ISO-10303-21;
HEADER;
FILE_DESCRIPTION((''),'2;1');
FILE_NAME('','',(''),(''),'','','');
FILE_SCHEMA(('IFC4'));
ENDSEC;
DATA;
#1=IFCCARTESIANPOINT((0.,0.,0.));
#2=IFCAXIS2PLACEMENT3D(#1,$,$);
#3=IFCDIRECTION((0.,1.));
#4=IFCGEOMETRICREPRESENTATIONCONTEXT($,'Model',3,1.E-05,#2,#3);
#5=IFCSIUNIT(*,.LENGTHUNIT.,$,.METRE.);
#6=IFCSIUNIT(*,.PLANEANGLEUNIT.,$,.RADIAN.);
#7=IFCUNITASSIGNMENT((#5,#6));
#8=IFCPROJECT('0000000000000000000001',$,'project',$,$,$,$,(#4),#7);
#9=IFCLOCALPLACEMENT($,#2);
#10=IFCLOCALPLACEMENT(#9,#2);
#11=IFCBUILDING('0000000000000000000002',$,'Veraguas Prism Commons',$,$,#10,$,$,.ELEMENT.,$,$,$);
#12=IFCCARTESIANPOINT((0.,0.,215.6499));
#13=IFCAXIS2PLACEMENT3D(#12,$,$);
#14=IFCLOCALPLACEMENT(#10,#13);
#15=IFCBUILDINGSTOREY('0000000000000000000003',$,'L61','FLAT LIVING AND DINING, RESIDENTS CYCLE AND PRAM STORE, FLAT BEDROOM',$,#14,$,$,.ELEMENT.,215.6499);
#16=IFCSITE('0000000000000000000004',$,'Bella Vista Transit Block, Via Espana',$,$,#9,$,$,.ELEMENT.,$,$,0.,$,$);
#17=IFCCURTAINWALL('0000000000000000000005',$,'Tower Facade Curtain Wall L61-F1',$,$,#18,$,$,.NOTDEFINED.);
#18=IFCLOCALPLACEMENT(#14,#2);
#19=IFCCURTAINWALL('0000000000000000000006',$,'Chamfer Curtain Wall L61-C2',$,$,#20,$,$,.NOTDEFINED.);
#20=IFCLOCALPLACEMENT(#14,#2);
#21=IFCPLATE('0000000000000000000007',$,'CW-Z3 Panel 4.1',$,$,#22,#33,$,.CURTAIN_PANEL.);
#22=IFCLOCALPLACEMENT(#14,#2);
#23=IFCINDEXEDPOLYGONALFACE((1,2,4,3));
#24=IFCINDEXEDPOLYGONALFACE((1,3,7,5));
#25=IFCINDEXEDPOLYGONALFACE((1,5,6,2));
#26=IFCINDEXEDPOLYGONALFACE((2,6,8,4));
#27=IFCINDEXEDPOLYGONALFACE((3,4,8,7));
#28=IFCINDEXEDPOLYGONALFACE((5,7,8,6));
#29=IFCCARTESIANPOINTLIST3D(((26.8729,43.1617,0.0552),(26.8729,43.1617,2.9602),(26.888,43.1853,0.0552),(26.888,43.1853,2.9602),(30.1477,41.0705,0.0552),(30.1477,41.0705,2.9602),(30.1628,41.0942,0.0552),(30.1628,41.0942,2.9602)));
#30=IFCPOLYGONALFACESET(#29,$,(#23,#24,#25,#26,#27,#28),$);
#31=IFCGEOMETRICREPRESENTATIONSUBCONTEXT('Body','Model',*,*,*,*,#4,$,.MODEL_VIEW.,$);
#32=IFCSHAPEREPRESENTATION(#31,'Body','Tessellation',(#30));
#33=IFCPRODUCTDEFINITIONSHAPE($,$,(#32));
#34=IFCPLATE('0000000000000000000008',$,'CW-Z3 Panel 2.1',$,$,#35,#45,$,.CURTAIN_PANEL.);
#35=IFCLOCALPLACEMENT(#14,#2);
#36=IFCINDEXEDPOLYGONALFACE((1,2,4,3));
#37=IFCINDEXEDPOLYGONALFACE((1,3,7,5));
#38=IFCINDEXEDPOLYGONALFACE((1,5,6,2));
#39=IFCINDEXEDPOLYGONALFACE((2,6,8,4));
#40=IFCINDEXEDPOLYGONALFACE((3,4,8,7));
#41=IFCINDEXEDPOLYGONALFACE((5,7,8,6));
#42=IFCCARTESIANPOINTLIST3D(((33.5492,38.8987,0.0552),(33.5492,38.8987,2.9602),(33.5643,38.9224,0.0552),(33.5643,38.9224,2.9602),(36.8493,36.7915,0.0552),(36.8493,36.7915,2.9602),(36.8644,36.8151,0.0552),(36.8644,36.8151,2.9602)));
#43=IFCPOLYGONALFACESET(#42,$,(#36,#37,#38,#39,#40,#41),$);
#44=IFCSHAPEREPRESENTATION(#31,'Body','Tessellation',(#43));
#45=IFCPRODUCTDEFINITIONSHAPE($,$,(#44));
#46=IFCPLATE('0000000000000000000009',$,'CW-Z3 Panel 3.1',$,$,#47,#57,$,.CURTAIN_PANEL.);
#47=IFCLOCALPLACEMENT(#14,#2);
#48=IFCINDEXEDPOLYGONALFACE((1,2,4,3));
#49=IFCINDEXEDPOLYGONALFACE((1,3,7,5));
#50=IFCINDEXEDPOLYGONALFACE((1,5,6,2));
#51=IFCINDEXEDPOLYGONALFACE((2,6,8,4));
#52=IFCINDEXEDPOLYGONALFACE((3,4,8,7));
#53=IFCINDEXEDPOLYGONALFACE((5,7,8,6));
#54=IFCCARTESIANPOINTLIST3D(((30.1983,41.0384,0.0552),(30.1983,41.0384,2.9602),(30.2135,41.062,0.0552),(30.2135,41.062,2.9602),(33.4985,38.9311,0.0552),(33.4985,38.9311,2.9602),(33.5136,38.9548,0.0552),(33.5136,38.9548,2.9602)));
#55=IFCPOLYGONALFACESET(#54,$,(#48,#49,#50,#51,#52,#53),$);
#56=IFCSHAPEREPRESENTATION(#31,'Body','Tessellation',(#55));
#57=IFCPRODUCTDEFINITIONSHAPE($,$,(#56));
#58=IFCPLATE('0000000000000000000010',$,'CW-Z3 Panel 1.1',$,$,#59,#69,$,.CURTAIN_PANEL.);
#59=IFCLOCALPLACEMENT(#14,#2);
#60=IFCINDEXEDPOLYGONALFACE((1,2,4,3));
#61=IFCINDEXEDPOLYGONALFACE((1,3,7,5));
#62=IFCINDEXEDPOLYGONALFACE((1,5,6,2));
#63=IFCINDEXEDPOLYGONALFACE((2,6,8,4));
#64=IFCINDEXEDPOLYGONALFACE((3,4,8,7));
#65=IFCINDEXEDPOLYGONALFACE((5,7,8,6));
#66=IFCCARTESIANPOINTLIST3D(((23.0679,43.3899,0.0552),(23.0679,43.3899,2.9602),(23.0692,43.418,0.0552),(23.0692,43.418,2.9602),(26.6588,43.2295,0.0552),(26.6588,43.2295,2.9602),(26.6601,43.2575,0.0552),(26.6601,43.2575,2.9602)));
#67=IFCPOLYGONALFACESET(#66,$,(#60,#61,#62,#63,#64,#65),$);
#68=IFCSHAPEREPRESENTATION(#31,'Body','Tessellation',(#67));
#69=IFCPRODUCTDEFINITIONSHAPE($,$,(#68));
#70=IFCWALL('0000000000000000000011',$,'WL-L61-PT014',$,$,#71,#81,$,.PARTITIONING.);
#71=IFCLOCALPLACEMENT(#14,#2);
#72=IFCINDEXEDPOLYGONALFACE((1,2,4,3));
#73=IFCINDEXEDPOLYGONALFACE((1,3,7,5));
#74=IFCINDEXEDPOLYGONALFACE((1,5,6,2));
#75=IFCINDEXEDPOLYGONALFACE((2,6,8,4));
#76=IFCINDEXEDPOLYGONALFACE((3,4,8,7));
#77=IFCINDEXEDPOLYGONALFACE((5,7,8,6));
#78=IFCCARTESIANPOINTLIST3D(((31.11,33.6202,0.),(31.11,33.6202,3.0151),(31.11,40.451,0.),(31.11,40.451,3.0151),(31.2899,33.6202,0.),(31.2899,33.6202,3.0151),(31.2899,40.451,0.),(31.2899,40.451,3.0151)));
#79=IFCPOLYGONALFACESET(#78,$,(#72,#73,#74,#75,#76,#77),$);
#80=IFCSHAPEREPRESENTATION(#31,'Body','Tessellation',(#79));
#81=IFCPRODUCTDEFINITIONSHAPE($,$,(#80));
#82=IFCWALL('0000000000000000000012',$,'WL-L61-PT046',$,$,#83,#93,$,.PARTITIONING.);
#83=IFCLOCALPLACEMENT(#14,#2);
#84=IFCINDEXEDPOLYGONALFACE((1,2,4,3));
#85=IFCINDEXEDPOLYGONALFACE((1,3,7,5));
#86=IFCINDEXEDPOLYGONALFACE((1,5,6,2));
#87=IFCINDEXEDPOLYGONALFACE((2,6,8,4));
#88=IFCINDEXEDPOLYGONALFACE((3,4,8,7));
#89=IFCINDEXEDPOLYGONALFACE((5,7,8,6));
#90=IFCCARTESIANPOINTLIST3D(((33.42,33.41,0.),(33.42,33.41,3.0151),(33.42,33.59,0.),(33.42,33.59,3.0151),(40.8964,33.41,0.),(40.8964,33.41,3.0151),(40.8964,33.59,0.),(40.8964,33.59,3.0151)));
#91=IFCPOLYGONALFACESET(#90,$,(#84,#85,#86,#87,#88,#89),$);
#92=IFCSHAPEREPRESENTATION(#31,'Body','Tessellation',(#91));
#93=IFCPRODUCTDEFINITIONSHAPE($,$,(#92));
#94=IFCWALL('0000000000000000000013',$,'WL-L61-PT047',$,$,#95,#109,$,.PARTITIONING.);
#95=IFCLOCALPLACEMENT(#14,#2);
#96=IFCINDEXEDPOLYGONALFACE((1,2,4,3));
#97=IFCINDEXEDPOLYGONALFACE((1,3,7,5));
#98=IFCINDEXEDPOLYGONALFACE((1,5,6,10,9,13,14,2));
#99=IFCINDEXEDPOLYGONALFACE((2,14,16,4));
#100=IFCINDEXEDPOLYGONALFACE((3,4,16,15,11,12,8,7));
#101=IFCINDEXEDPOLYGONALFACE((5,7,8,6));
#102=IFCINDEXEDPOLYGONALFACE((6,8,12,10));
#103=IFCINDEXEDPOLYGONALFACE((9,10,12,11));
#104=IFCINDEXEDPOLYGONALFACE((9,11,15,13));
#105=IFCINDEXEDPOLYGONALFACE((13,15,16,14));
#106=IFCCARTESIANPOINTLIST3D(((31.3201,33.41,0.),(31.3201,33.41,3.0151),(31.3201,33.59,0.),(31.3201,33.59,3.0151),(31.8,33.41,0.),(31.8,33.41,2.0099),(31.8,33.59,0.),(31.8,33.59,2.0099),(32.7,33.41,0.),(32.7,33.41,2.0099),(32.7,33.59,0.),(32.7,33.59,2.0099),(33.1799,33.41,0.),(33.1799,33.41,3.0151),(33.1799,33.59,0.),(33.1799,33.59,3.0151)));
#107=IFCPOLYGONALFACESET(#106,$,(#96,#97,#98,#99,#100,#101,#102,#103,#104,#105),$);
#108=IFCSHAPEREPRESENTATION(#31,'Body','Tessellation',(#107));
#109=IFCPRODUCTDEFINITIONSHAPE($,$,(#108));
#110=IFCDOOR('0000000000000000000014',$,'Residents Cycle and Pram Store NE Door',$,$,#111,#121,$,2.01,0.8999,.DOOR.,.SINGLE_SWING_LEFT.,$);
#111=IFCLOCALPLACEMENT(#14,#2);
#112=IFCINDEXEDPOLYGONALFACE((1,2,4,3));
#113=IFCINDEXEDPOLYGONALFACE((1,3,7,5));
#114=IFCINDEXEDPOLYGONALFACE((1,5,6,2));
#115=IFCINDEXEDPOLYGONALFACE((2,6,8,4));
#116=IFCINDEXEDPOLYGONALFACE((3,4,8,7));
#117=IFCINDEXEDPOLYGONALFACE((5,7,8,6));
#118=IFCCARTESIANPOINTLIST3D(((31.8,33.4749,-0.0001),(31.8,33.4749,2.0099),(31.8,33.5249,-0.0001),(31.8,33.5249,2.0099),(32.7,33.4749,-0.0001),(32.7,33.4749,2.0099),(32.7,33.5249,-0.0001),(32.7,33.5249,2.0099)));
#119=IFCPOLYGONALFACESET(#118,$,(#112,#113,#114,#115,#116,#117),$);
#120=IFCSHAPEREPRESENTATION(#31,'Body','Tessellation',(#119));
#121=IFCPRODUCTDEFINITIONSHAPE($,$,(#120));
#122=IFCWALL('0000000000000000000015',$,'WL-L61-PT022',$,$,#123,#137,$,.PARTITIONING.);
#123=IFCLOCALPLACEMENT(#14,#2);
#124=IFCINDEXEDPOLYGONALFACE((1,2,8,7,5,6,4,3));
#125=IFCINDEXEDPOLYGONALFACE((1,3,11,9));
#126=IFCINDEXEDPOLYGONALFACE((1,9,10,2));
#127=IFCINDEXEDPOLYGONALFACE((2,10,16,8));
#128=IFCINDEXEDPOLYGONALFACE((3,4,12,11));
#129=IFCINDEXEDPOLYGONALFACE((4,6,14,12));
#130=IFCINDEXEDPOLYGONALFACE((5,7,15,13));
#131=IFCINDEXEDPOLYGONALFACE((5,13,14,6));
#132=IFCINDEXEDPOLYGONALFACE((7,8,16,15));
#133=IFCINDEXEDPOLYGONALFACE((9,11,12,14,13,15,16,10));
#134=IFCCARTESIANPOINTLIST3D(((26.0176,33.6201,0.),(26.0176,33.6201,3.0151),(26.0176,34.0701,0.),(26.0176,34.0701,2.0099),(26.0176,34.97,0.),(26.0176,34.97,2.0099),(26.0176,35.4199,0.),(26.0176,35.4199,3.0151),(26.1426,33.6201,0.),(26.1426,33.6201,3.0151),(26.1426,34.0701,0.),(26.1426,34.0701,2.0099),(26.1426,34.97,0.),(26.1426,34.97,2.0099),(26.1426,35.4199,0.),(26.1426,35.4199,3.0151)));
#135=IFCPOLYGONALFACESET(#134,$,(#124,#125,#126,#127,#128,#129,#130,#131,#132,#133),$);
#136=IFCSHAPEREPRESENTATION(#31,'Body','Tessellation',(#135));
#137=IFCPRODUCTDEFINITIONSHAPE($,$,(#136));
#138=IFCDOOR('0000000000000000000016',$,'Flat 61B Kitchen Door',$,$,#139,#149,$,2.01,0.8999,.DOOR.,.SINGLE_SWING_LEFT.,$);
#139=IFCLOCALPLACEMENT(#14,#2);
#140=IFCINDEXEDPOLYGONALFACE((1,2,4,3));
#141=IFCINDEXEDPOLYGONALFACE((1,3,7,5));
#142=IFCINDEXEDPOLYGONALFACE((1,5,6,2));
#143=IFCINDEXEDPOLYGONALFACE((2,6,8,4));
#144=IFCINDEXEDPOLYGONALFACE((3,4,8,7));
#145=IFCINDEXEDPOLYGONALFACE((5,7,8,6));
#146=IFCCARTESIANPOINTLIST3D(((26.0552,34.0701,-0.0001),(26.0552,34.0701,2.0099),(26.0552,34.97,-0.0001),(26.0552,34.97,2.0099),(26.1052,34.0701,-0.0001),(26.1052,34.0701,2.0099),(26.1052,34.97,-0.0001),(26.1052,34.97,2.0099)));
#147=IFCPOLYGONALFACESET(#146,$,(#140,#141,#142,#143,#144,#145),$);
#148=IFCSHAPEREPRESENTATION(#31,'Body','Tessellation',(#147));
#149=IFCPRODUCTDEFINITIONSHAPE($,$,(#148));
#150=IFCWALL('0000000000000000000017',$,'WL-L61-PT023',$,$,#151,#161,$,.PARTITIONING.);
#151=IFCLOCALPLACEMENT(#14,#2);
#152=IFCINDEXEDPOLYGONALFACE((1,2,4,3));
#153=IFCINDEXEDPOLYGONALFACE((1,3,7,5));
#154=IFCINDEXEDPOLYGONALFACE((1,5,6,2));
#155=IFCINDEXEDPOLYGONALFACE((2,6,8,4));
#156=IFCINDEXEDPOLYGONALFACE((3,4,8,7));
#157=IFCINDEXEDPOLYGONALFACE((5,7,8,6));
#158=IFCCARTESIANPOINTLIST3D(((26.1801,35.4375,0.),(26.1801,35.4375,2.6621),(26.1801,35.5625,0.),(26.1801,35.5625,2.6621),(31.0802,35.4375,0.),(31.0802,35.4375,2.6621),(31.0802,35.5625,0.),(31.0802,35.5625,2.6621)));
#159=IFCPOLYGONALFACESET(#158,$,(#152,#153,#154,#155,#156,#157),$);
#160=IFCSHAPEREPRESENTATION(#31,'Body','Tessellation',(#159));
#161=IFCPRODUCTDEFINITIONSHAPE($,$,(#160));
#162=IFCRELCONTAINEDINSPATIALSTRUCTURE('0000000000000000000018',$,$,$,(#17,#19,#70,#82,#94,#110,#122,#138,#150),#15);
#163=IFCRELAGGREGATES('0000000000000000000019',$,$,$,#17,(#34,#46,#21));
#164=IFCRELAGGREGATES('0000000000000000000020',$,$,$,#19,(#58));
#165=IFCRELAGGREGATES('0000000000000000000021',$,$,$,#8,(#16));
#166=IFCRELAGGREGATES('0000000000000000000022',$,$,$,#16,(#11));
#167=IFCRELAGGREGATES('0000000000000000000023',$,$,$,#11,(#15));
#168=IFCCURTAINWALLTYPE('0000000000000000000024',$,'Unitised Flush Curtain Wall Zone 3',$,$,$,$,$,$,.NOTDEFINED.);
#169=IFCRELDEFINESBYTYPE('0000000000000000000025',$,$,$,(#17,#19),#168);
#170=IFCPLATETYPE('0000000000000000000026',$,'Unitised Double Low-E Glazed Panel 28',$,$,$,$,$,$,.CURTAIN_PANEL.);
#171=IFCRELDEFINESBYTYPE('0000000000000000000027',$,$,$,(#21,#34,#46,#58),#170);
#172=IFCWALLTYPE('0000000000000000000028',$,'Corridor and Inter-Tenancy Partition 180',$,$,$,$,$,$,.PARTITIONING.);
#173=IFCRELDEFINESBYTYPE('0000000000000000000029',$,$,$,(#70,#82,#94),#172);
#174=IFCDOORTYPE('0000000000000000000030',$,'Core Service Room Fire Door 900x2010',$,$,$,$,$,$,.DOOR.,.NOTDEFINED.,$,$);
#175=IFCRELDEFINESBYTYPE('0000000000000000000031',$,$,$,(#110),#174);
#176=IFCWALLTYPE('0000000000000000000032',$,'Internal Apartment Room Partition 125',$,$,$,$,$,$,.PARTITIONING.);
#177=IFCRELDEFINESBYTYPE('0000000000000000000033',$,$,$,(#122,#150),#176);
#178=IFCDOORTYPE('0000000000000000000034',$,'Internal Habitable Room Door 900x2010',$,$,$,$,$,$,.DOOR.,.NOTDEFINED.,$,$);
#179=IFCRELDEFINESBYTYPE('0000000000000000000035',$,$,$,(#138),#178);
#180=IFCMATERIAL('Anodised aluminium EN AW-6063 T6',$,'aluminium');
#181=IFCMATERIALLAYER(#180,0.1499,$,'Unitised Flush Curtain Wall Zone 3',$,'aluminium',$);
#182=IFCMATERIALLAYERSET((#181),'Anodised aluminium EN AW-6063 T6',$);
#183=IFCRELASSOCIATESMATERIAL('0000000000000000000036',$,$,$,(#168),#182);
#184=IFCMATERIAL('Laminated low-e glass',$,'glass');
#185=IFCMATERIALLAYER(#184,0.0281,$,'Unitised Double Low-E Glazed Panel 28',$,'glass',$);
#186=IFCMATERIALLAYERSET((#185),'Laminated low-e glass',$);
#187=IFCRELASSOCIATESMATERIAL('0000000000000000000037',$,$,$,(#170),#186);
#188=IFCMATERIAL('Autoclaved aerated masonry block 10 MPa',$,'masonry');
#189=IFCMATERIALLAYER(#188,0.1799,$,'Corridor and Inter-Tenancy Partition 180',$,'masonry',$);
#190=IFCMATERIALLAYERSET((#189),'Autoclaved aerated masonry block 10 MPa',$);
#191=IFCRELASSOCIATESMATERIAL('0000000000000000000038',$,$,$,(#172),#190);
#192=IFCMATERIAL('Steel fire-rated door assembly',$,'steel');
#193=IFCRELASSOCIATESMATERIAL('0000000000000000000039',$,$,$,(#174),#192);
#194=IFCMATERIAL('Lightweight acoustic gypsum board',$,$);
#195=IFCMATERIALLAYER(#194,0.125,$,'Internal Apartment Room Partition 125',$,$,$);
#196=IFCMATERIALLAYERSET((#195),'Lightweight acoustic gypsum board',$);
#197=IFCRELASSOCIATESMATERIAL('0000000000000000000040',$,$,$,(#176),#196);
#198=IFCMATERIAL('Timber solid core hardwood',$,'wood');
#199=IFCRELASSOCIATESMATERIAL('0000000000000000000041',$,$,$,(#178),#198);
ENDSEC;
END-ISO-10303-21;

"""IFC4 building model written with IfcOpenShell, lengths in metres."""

from ifc_helpers import new_model, si_unit, direction, frame, frame_2d, origin, origin_2d, place, context, subcontext, project, spatial, rectangle, extrude, source, transform, mapped, material, layer, layer_set, type_object, element, fill, aggregate, save


model = new_model("IFC4")

# Units and contexts
model_context = context("Model", 3, precision=1e-05, world=origin(), true_north=direction((0.0, 1.0)))
body_context = subcontext(model_context, "Body", "Model", "MODEL_VIEW")
ifc_project = project(units=[si_unit("LENGTHUNIT", "METRE"), si_unit("PLANEANGLEUNIT", "RADIAN")], contexts=[model_context])

# Site, building, storey
site_placement = place(None, origin())
site = spatial("IfcSite", under=ifc_project, at=site_placement, Name="Bella Vista Transit Block, Via Espana", CompositionType="ELEMENT", RefElevation=0.0)
building_placement = place(site_placement, origin())
building = spatial("IfcBuilding", under=site, at=building_placement, Name="Veraguas Prism Commons", CompositionType="ELEMENT")
storey_placement = place(building_placement, frame((0.0, 0.0, 215.6499)))
storey = spatial("IfcBuildingStorey", under=building, at=storey_placement, Name="L61", Description="FLAT LIVING AND DINING, RESIDENTS CYCLE AND PRAM STORE, FLAT BEDROOM", CompositionType="ELEMENT", Elevation=215.6499)

# Curtain walls
ifc_material_1 = material(Name="Anodised aluminium EN AW-6063 T6", Category="aluminium")
ifc_layer_1 = layer(ifc_material_1, 0.1499, Name="Unitised Flush Curtain Wall Zone 3", Category="aluminium")
ifc_layer_set_1 = layer_set([ifc_layer_1], Name="Anodised aluminium EN AW-6063 T6")
curtain_wall_type = type_object("IfcCurtainWallType", Name="Unitised Flush Curtain Wall Zone 3", PredefinedType="NOTDEFINED", material=ifc_layer_set_1)
curtain_wall_1_placement = place(storey_placement, origin())
curtain_wall_1 = element("IfcCurtainWall", 1, at=curtain_wall_1_placement, inside=storey, type_object=curtain_wall_type, Name="Tower Facade Curtain Wall L61-F1", PredefinedType="NOTDEFINED")
curtain_wall_2_placement = place(storey_placement, origin())
curtain_wall_2 = element("IfcCurtainWall", 2, at=curtain_wall_2_placement, inside=storey, type_object=curtain_wall_type, Name="Chamfer Curtain Wall L61-C2", PredefinedType="NOTDEFINED")

# Plates
ifc_material_2 = material(Name="Laminated low-e glass", Category="glass")
ifc_layer_2 = layer(ifc_material_2, 0.0281, Name="Unitised Double Low-E Glazed Panel 28", Category="glass")
ifc_layer_set_2 = layer_set([ifc_layer_2], Name="Laminated low-e glass")
plate_type = type_object("IfcPlateType", Name="Unitised Double Low-E Glazed Panel 28", PredefinedType="CURTAIN_PANEL", material=ifc_layer_set_2)
shared_shape_1 = source(origin(), body_context, "Body", "SweptSolid", [
    extrude(rectangle(XDim=3.8855, YDim=0.0281, at=origin_2d()), origin(), (0.0, 0.0, 1.0), 2.905),
])
plate_1_placement = place(storey_placement, frame((28.5178, 42.1279, 0.0552), z_axis=(0.0, 0.0, 1.0), x_axis=(-0.842828, 0.538183, 0.0)))
plate_1 = element("IfcPlate", 3, at=plate_1_placement, type_object=plate_type, Name="CW-Z3 Panel 4.1", PredefinedType="CURTAIN_PANEL", context=body_context, shape_type="MappedRepresentation", body=[
    mapped(shared_shape_1, transform((0.0, 0.0, 0.0), scale=1.0)),
])
shared_shape_2 = source(origin(), body_context, "Body", "SweptSolid", [
    extrude(rectangle(XDim=3.9155, YDim=0.0281, at=origin_2d()), origin(), (0.0, 0.0, 1.0), 2.905),
])
plate_2_placement = place(storey_placement, frame((35.2068, 37.8569, 0.0552), z_axis=(0.0, 0.0, 1.0), x_axis=(-0.842828, 0.538183, 0.0)))
plate_2 = element("IfcPlate", 4, at=plate_2_placement, type_object=plate_type, Name="CW-Z3 Panel 2.1", PredefinedType="CURTAIN_PANEL", context=body_context, shape_type="MappedRepresentation", body=[
    mapped(shared_shape_2, transform((0.0, 0.0, 0.0), scale=1.0)),
])
plate_3_placement = place(storey_placement, frame((31.856, 39.9966, 0.0552), z_axis=(0.0, 0.0, 1.0), x_axis=(-0.842828, 0.538183, 0.0)))
plate_3 = element("IfcPlate", 5, at=plate_3_placement, type_object=plate_type, Name="CW-Z3 Panel 3.1", PredefinedType="CURTAIN_PANEL", context=body_context, shape_type="MappedRepresentation", body=[
    mapped(shared_shape_2, transform((0.0, 0.0, 0.0), scale=1.0)),
])
aggregate(curtain_wall_1, [plate_2, plate_3, plate_1])
shared_shape_3 = source(origin(), body_context, "Body", "SweptSolid", [
    extrude(rectangle(XDim=3.5945, YDim=0.0281, at=origin_2d()), origin(), (0.0, 0.0, 1.0), 2.905),
])
plate_4_placement = place(storey_placement, frame((24.864, 43.3237, 0.0552), z_axis=(0.0, 0.0, 1.0), x_axis=(-0.999003, 0.044638, 0.0)))
plate_4 = element("IfcPlate", 6, at=plate_4_placement, type_object=plate_type, Name="CW-Z3 Panel 1.1", PredefinedType="CURTAIN_PANEL", context=body_context, shape_type="MappedRepresentation", body=[
    mapped(shared_shape_3, transform((0.0, 0.0, 0.0), scale=1.0)),
])
aggregate(curtain_wall_2, [plate_4])

# Walls
ifc_material_3 = material(Name="Autoclaved aerated masonry block 10 MPa", Category="masonry")
ifc_layer_3 = layer(ifc_material_3, 0.1799, Name="Corridor and Inter-Tenancy Partition 180", Category="masonry")
ifc_layer_set_3 = layer_set([ifc_layer_3], Name="Autoclaved aerated masonry block 10 MPa")
wall_type_1 = type_object("IfcWallType", Name="Corridor and Inter-Tenancy Partition 180", PredefinedType="PARTITIONING", material=ifc_layer_set_3)
wall_1_placement = place(storey_placement, frame((31.2, 33.6201, 0.0), z_axis=(0.0, 0.0, 1.0), x_axis=(0.0, 1.0, 0.0)))
element("IfcWall", 7, at=wall_1_placement, inside=storey, type_object=wall_type_1, Name="WL-L61-PT014", PredefinedType="PARTITIONING", context=body_context, shape_type="SweptSolid", body=[
    extrude(rectangle(XDim=6.8308, YDim=0.1799, at=frame_2d((3.4155, 0.0))), origin(), (0.0, 0.0, 1.0), 3.0151),
])
wall_2_placement = place(storey_placement, frame((33.4199, 33.5, 0.0), z_axis=(0.0, 0.0, 1.0), x_axis=(1.0, 0.0, 0.0)))
element("IfcWall", 8, at=wall_2_placement, inside=storey, type_object=wall_type_1, Name="WL-L61-PT046", PredefinedType="PARTITIONING", context=body_context, shape_type="SweptSolid", body=[
    extrude(rectangle(XDim=7.4763, YDim=0.1799, at=frame_2d((3.7383, 0.0))), origin(), (0.0, 0.0, 1.0), 3.0151),
])

# Walls, openings, doors
wall_3_placement = place(storey_placement, frame((31.3201, 33.5, 0.0), z_axis=(0.0, 0.0, 1.0), x_axis=(1.0, 0.0, 0.0)))
wall_3 = element("IfcWall", 9, at=wall_3_placement, inside=storey, type_object=wall_type_1, Name="WL-L61-PT047", PredefinedType="PARTITIONING", context=body_context, shape_type="SweptSolid", body=[
    extrude(rectangle(XDim=1.8599, YDim=0.1799, at=frame_2d((0.9299, 0.0))), origin(), (0.0, 0.0, 1.0), 3.0151),
])
opening_1_placement = place(wall_3_placement, frame((0.48, 0.0, 0.0)))
opening_1 = element("IfcOpeningElement", 10, at=opening_1_placement, cuts=wall_3, PredefinedType="OPENING", context=body_context, shape_type="SweptSolid", body=[
    extrude(rectangle(XDim=0.8999, YDim=2.01, at=frame_2d((0.45, 1.0049))), frame((0.0, 0.0999, 0.0), z_axis=(0.0, -1.0, 0.0), x_axis=(1.0, 0.0, 0.0)), (0.0, 0.0, 1.0), 0.2),
])
ifc_material_4 = material(Name="Steel fire-rated door assembly", Category="steel")
door_type_1 = type_object("IfcDoorType", Name="Core Service Room Fire Door 900x2010", OperationType="NOTDEFINED", PredefinedType="DOOR", material=ifc_material_4)
shared_shape_4 = source(origin(), body_context, "Body", "SweptSolid", [
    extrude(rectangle(XDim=0.8999, YDim=2.01, at=frame_2d((0.45, 1.0049))), frame((0.0, 0.0249, 0.0), z_axis=(0.0, -1.0, 0.0), x_axis=(1.0, 0.0, 0.0)), (0.0, 0.0, 1.0), 0.05),
])
door_1_placement = place(opening_1_placement, origin())
door_1 = element("IfcDoor", 11, at=door_1_placement, inside=storey, type_object=door_type_1, Name="Residents Cycle and Pram Store NE Door", OperationType="SINGLE_SWING_LEFT", OverallHeight=2.01, OverallWidth=0.8999, PredefinedType="DOOR", context=body_context, shape_type="MappedRepresentation", body=[
    mapped(shared_shape_4, transform((0.0, 0.0, 0.0), scale=1.0)),
])
fill(opening_1, door_1)
ifc_material_5 = material(Name="Lightweight acoustic gypsum board")
ifc_layer_4 = layer(ifc_material_5, 0.125, Name="Internal Apartment Room Partition 125")
ifc_layer_set_4 = layer_set([ifc_layer_4], Name="Lightweight acoustic gypsum board")
wall_type_2 = type_object("IfcWallType", Name="Internal Apartment Room Partition 125", PredefinedType="PARTITIONING", material=ifc_layer_set_4)
wall_4_placement = place(storey_placement, frame((26.0801, 33.6201, 0.0), z_axis=(0.0, 0.0, 1.0), x_axis=(0.0, 1.0, 0.0)))
wall_4 = element("IfcWall", 12, at=wall_4_placement, inside=storey, type_object=wall_type_2, Name="WL-L61-PT022", PredefinedType="PARTITIONING", context=body_context, shape_type="SweptSolid", body=[
    extrude(rectangle(XDim=1.7998, YDim=0.125, at=frame_2d((0.8999, 0.0))), origin(), (0.0, 0.0, 1.0), 3.0151),
])
opening_2_placement = place(wall_4_placement, frame((0.45, 0.0, 0.0)))
opening_2 = element("IfcOpeningElement", 13, at=opening_2_placement, cuts=wall_4, PredefinedType="OPENING", context=body_context, shape_type="SweptSolid", body=[
    extrude(rectangle(XDim=0.8999, YDim=2.01, at=frame_2d((0.45, 1.0049))), frame((0.0, 0.0725, 0.0), z_axis=(0.0, -1.0, 0.0), x_axis=(1.0, 0.0, 0.0)), (0.0, 0.0, 1.0), 0.145),
])
ifc_material_6 = material(Name="Timber solid core hardwood", Category="wood")
door_type_2 = type_object("IfcDoorType", Name="Internal Habitable Room Door 900x2010", OperationType="NOTDEFINED", PredefinedType="DOOR", material=ifc_material_6)
door_2_placement = place(opening_2_placement, origin())
door_2 = element("IfcDoor", 14, at=door_2_placement, inside=storey, type_object=door_type_2, Name="Flat 61B Kitchen Door", OperationType="SINGLE_SWING_LEFT", OverallHeight=2.01, OverallWidth=0.8999, PredefinedType="DOOR", context=body_context, shape_type="MappedRepresentation", body=[
    mapped(shared_shape_4, transform((0.0, 0.0, 0.0), scale=1.0)),
])
fill(opening_2, door_2)

# Wall
wall_5_placement = place(storey_placement, frame((26.1799, 35.5, 0.0), z_axis=(0.0, 0.0, 1.0), x_axis=(1.0, 0.0, 0.0)))
element("IfcWall", 15, at=wall_5_placement, inside=storey, type_object=wall_type_2, Name="WL-L61-PT023", PredefinedType="PARTITIONING", context=body_context, shape_type="SweptSolid", body=[
    extrude(rectangle(XDim=4.9001, YDim=0.125, at=frame_2d((2.4502, 0.0))), origin(), (0.0, 0.0, 1.0), 2.6621),
])

save(model, "model.ifc")
